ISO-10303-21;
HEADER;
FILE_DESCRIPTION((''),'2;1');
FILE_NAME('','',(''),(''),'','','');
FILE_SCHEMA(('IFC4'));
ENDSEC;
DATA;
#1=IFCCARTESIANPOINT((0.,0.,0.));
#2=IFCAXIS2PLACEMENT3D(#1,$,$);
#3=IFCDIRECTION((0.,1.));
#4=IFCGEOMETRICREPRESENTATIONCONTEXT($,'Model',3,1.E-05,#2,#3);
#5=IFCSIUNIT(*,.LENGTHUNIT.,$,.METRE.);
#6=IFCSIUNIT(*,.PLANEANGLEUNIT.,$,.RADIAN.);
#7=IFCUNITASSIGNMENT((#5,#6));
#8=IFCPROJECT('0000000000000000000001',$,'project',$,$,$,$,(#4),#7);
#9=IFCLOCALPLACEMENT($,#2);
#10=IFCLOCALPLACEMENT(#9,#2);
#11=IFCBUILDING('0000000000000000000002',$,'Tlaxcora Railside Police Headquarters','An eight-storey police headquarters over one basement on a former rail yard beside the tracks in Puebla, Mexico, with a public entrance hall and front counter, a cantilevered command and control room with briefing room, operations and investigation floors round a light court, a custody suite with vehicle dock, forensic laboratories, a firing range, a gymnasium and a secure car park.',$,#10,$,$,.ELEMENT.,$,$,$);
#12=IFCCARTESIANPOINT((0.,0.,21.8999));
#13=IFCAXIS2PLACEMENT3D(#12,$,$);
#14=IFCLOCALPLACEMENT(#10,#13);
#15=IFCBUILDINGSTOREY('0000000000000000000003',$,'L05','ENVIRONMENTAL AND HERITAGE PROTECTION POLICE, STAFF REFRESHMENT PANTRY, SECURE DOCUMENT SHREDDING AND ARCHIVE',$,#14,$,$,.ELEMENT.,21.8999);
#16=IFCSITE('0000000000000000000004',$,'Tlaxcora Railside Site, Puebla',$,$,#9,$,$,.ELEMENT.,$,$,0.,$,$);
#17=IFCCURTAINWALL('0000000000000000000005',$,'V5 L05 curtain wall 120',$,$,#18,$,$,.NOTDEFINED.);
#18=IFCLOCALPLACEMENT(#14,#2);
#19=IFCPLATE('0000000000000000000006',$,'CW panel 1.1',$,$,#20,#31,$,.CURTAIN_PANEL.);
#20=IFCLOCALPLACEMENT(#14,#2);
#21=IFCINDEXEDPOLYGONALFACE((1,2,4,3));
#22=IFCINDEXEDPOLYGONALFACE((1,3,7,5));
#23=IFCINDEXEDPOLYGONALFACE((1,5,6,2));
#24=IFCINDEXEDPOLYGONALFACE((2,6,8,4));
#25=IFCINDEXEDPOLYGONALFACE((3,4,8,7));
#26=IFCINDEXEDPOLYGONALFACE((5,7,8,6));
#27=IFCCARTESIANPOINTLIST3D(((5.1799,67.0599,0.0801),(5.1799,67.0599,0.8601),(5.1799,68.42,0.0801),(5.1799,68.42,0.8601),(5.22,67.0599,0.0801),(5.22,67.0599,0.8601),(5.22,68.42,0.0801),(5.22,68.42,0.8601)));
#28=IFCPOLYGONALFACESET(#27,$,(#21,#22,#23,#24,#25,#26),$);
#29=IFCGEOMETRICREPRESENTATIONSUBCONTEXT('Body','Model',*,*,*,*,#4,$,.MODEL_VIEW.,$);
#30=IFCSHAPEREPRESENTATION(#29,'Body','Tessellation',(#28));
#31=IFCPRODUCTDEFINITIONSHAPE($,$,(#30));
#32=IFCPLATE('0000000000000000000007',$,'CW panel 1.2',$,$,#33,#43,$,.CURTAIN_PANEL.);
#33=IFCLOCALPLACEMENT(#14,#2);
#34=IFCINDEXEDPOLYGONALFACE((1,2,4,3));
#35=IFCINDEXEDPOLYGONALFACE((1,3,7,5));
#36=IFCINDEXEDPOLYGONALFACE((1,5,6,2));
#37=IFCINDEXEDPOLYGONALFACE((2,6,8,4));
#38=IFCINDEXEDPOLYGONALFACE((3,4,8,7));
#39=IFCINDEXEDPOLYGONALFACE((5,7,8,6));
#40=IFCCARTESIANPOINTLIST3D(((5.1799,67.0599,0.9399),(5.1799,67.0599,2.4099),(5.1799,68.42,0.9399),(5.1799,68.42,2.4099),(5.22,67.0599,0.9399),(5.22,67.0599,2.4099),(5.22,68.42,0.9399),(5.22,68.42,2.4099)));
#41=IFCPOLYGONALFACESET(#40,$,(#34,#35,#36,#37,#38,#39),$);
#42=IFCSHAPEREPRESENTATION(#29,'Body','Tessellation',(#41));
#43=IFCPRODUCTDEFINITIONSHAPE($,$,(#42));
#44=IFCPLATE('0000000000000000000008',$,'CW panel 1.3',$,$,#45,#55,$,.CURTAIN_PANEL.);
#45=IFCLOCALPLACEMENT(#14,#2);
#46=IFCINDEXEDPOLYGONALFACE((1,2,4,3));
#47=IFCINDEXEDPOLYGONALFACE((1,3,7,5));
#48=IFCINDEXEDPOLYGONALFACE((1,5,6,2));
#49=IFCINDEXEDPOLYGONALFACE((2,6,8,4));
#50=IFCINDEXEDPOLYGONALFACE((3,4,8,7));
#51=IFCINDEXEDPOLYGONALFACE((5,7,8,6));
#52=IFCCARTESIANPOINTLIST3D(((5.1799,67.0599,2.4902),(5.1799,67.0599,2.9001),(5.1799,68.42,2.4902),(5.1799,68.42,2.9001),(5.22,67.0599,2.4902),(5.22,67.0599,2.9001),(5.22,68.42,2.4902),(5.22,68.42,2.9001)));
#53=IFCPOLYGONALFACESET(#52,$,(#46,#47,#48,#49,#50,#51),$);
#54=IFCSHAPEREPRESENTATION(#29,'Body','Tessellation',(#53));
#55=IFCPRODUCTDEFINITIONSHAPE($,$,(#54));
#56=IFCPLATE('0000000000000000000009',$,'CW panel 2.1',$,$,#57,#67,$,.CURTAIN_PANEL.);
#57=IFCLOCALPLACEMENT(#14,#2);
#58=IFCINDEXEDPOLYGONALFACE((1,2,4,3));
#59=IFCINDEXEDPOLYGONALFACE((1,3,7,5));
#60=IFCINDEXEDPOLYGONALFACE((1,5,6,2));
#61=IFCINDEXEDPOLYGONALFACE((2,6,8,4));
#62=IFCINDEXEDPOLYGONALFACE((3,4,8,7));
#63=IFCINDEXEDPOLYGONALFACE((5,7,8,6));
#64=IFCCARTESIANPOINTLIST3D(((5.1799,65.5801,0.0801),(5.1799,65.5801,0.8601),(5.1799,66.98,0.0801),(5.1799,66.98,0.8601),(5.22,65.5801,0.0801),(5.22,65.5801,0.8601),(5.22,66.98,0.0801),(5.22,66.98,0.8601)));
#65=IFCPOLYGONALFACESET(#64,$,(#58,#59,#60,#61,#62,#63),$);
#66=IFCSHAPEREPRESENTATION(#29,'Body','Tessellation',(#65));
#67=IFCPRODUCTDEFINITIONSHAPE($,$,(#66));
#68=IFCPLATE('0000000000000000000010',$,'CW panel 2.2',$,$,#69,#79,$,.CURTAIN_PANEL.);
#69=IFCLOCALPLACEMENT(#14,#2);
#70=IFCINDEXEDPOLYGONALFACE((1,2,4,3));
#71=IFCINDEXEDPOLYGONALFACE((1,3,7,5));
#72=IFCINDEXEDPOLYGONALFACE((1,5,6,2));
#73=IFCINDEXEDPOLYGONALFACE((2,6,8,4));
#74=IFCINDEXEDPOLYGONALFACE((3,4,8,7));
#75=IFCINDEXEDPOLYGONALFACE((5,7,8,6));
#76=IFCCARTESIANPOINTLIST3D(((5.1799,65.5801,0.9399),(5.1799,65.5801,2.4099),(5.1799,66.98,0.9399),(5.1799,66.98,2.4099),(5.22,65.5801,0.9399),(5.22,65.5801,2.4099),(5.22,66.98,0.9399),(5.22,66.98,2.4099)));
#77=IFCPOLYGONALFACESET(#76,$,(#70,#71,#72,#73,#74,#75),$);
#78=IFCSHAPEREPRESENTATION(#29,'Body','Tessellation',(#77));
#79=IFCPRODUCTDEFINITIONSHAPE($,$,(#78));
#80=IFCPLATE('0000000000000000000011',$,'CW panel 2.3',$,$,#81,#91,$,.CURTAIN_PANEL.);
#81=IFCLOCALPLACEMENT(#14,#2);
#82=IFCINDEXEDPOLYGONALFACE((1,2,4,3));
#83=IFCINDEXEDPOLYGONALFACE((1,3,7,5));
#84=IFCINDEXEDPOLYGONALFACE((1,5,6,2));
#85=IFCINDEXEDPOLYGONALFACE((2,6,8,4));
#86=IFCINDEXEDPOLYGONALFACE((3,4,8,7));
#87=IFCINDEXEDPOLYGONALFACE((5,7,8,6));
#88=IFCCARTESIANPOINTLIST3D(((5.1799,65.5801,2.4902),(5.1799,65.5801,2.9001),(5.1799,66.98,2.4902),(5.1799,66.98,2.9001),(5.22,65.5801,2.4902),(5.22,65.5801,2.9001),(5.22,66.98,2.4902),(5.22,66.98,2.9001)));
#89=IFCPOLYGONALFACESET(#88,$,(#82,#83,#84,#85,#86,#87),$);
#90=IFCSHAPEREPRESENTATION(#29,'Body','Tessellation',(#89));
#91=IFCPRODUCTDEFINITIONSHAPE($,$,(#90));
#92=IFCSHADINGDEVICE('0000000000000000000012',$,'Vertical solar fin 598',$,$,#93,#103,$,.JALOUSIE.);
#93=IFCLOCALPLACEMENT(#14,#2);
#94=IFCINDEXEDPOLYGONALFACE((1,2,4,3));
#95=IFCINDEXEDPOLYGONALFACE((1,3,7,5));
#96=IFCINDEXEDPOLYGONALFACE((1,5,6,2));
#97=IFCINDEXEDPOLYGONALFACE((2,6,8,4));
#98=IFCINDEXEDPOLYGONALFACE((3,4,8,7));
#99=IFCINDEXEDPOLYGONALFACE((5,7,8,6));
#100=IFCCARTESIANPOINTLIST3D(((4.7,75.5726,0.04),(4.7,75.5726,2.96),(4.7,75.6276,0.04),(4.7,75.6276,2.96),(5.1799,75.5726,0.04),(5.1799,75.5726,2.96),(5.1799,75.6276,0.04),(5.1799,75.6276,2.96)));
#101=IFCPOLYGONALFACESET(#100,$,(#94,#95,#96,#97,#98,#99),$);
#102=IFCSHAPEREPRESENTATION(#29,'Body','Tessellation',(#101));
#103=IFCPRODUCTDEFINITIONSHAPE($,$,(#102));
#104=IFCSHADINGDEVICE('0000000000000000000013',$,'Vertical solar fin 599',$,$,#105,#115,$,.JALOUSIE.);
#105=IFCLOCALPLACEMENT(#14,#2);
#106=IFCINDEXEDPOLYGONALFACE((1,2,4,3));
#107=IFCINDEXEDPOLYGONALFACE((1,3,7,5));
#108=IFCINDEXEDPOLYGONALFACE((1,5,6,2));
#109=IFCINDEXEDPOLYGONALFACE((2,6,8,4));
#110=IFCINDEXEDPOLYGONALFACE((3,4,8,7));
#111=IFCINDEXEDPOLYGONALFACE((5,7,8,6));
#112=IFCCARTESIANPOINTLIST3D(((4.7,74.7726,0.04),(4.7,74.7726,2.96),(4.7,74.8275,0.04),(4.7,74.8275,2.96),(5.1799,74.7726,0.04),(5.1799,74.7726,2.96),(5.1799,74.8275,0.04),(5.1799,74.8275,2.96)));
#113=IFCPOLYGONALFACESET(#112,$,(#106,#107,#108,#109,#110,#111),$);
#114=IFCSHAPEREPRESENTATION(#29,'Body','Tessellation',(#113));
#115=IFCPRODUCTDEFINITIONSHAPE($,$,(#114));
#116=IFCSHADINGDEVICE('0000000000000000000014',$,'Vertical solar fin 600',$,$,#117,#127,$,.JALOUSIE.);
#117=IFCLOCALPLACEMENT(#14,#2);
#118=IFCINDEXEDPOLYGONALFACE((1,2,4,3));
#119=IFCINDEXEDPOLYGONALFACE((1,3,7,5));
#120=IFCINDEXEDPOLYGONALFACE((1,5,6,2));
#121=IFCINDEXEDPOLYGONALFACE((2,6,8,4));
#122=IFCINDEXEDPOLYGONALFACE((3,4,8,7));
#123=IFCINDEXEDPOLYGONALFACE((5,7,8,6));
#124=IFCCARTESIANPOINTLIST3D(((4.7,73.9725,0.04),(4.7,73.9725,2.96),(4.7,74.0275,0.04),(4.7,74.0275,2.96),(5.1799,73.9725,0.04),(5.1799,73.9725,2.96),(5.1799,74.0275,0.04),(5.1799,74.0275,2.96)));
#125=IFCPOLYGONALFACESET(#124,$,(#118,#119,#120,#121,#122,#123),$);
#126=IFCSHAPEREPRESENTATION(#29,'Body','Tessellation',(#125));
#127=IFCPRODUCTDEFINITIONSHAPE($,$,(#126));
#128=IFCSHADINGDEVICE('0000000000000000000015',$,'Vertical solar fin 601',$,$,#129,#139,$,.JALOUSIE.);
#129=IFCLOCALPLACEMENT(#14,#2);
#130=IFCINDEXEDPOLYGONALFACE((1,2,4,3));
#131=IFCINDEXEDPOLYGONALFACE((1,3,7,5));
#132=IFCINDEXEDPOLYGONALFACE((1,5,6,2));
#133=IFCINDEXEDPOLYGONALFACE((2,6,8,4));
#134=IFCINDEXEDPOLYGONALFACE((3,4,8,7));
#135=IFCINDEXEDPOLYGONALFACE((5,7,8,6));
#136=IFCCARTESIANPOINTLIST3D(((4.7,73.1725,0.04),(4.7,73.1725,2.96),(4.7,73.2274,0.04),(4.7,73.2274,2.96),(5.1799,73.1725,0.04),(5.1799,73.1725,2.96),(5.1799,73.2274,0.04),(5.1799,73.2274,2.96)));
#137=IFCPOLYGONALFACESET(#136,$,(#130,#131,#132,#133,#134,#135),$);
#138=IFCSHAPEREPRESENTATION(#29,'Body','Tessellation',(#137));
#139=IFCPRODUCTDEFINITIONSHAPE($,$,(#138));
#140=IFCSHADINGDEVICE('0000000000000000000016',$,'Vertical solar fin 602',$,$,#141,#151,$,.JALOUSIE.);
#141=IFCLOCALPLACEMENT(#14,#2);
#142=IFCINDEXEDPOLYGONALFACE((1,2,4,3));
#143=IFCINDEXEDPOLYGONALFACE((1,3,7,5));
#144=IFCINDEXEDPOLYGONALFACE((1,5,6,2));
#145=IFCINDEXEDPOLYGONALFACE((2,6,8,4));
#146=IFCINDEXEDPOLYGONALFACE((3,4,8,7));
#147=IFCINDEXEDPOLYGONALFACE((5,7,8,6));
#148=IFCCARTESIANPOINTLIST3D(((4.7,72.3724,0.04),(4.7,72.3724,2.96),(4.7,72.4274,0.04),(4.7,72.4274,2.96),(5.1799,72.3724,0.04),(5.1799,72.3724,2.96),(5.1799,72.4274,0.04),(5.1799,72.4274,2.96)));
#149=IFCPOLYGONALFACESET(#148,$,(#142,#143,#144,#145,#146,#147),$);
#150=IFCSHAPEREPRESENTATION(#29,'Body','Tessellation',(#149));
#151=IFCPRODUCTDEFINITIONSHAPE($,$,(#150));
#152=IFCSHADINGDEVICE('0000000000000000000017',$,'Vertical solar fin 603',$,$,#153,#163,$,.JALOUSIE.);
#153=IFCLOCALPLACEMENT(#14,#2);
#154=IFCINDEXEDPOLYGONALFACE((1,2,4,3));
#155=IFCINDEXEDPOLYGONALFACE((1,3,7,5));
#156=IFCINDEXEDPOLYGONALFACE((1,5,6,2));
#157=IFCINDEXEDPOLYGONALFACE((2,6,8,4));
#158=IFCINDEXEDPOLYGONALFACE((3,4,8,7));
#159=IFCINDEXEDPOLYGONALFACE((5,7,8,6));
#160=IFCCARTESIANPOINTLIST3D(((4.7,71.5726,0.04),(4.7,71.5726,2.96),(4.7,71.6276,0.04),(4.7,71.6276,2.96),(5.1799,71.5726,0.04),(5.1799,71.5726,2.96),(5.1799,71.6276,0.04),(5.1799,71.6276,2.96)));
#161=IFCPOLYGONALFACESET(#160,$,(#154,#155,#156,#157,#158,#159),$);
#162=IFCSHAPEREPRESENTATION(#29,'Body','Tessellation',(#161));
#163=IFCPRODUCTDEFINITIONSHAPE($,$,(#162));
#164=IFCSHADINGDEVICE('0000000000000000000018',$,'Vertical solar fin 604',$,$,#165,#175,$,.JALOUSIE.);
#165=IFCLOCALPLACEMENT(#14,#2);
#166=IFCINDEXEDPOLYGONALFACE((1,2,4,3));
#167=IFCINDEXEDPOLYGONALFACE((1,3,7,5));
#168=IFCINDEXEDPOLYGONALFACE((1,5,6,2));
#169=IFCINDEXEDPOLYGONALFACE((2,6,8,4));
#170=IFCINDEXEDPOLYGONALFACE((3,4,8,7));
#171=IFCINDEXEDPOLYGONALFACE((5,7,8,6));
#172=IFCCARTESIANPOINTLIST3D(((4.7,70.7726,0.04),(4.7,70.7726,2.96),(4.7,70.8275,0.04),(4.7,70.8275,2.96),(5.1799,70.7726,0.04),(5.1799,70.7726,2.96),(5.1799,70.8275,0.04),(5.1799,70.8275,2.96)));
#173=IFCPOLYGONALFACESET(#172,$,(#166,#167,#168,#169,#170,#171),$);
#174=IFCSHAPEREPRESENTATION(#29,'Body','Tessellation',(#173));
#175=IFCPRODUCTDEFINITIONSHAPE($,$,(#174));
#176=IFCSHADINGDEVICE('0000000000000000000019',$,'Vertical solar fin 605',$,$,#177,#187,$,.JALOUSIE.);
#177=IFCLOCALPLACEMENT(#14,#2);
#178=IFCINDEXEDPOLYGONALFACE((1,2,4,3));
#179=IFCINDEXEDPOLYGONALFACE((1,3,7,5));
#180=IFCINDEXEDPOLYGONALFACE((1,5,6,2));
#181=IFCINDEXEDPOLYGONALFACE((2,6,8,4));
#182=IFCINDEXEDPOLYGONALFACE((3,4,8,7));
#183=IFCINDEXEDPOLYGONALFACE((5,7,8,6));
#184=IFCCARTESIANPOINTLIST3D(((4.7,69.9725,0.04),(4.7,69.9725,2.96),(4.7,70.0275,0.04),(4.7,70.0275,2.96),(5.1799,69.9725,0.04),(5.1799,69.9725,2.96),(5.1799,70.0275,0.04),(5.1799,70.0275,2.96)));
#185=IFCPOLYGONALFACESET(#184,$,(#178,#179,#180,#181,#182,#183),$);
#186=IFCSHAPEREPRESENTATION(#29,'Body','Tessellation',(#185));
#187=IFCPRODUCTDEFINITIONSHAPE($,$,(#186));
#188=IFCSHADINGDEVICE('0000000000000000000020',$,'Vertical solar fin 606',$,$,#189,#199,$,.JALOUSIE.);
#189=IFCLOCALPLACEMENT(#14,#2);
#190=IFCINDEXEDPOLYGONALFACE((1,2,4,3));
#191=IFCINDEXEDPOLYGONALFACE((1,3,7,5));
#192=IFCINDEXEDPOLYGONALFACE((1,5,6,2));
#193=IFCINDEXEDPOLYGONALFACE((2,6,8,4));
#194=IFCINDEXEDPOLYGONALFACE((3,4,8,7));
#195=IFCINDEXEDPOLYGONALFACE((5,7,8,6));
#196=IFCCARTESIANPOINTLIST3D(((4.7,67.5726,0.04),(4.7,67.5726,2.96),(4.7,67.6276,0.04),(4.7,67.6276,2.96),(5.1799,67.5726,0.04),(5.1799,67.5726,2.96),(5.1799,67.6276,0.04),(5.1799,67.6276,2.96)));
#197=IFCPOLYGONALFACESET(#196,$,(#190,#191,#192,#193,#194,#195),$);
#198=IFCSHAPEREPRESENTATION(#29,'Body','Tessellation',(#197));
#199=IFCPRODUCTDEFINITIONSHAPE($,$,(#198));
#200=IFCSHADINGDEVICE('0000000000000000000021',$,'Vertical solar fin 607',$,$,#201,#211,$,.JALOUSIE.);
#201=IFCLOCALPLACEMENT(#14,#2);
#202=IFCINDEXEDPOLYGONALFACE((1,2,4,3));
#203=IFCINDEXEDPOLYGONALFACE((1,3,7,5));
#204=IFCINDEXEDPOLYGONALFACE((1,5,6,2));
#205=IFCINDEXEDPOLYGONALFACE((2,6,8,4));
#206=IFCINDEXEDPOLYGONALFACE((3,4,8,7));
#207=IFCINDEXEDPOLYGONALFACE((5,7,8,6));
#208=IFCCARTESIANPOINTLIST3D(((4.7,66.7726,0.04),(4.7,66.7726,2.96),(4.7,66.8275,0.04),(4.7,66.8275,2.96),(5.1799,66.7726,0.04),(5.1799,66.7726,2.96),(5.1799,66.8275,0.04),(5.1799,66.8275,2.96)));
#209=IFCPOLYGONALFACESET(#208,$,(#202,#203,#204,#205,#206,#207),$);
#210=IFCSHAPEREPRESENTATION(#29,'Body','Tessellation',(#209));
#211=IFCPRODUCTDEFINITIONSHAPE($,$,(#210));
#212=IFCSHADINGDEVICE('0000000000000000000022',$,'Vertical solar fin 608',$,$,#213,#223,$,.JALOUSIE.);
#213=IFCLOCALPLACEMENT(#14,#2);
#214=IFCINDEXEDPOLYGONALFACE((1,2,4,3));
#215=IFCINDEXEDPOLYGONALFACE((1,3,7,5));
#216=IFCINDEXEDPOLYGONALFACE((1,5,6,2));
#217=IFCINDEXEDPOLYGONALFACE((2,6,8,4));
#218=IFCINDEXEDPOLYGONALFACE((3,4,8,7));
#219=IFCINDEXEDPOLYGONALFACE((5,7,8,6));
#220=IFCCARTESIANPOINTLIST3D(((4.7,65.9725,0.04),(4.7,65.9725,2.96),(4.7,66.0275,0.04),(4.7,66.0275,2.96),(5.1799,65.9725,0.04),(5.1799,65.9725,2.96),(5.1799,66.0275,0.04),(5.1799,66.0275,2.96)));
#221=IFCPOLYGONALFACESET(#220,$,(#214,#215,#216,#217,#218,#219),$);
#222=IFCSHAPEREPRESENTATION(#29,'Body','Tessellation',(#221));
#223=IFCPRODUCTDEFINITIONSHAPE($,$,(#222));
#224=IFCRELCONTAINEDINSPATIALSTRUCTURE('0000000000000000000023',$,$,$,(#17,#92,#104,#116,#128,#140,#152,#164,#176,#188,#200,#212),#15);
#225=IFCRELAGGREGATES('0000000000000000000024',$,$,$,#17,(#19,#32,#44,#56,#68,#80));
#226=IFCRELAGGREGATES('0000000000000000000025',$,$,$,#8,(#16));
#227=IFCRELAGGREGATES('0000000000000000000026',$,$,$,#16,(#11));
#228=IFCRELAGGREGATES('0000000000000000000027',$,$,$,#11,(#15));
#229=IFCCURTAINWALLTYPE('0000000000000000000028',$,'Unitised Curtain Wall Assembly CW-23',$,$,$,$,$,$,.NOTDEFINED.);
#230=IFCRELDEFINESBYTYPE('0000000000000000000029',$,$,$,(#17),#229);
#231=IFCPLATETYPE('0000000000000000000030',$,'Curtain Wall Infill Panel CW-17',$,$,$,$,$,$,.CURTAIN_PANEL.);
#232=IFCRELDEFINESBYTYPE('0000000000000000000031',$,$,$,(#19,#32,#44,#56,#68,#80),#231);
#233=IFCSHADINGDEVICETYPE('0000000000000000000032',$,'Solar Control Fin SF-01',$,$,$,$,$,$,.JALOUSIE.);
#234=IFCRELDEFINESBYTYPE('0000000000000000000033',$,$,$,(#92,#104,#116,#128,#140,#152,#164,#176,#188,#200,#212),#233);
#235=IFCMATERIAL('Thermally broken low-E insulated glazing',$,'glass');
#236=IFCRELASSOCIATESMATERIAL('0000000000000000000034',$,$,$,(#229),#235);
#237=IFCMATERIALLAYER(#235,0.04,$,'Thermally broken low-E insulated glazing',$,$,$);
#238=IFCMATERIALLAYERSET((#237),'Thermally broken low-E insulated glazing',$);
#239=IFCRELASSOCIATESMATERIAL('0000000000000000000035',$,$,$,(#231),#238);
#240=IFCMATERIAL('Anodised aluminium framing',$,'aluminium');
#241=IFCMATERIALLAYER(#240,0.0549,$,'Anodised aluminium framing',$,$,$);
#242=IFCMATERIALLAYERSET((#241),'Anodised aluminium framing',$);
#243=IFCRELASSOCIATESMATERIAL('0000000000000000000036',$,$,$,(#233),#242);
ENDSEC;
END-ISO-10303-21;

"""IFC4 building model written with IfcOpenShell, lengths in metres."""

from ifc_helpers import new_model, si_unit, direction, frame, origin, origin_2d, place, context, subcontext, project, spatial, rectangle, extrude, material, layer, layer_set, type_object, element, aggregate, save


model = new_model("IFC4")

# Units and contexts
model_context = context("Model", 3, precision=1e-05, world=origin(), true_north=direction((0.0, 1.0)))
body_context = subcontext(model_context, "Body", "Model", "MODEL_VIEW")
ifc_project = project(units=[si_unit("LENGTHUNIT", "METRE"), si_unit("PLANEANGLEUNIT", "RADIAN")], contexts=[model_context])

# Site, building, storey
site_placement = place(None, origin())
site = spatial("IfcSite", under=ifc_project, at=site_placement, Name="Tlaxcora Railside Site, Puebla", CompositionType="ELEMENT", RefElevation=0.0)
building_placement = place(site_placement, origin())
building = spatial("IfcBuilding", under=site, at=building_placement, Name="Tlaxcora Railside Police Headquarters", Description="An eight-storey police headquarters over one basement on a former rail yard beside the tracks in Puebla, Mexico, with a public entrance hall and front counter, a cantilevered command and control room with briefing room, operations and investigation floors round a light court, a custody suite with vehicle dock, forensic laboratories, a firing range, a gymnasium and a secure car park.", CompositionType="ELEMENT")
storey_placement = place(building_placement, frame((0.0, 0.0, 21.8999)))
storey = spatial("IfcBuildingStorey", under=building, at=storey_placement, Name="L05", Description="ENVIRONMENTAL AND HERITAGE PROTECTION POLICE, STAFF REFRESHMENT PANTRY, SECURE DOCUMENT SHREDDING AND ARCHIVE", CompositionType="ELEMENT", Elevation=21.8999)

# Curtain wall
ifc_material_1 = material(Name="Thermally broken low-E insulated glazing", Category="glass")
curtain_wall_type_1 = type_object("IfcCurtainWallType", Name="Unitised Curtain Wall Assembly CW-23", PredefinedType="NOTDEFINED", material=ifc_material_1)
curtain_wall_1_placement = place(storey_placement, origin())
curtain_wall_1 = element("IfcCurtainWall", 1, at=curtain_wall_1_placement, inside=storey, type_object=curtain_wall_type_1, Name="V5 L05 curtain wall 120", PredefinedType="NOTDEFINED")
ifc_material_2 = material(Name="Anodised aluminium framing", Category="aluminium")

# Plates
ifc_layer_1 = layer(ifc_material_1, 0.04, Name="Thermally broken low-E insulated glazing")
ifc_layer_set_1 = layer_set([ifc_layer_1], Name="Thermally broken low-E insulated glazing")
plate_type = type_object("IfcPlateType", Name="Curtain Wall Infill Panel CW-17", PredefinedType="CURTAIN_PANEL", material=ifc_layer_set_1)
plate_1_placement = place(storey_placement, frame((5.2, 67.74, 0.0801), z_axis=(0.0, 0.0, 1.0), x_axis=(0.0, -1.0, 0.0)))
plate_1 = element("IfcPlate", 2, at=plate_1_placement, type_object=plate_type, Name="CW panel 1.1", PredefinedType="CURTAIN_PANEL", context=body_context, shape_type="SweptSolid", body=[
    extrude(rectangle(XDim=1.3601, YDim=0.04, at=origin_2d()), origin(), (0.0, 0.0, 1.0), 0.78),
])
plate_2_placement = place(storey_placement, frame((5.2, 67.74, 0.9399), z_axis=(0.0, 0.0, 1.0), x_axis=(0.0, -1.0, 0.0)))
plate_2 = element("IfcPlate", 3, at=plate_2_placement, type_object=plate_type, Name="CW panel 1.2", PredefinedType="CURTAIN_PANEL", context=body_context, shape_type="SweptSolid", body=[
    extrude(rectangle(XDim=1.3601, YDim=0.04, at=origin_2d()), origin(), (0.0, 0.0, 1.0), 1.47),
])
plate_3_placement = place(storey_placement, frame((5.2, 67.74, 2.4902), z_axis=(0.0, 0.0, 1.0), x_axis=(0.0, -1.0, 0.0)))
plate_3 = element("IfcPlate", 4, at=plate_3_placement, type_object=plate_type, Name="CW panel 1.3", PredefinedType="CURTAIN_PANEL", context=body_context, shape_type="SweptSolid", body=[
    extrude(rectangle(XDim=1.3601, YDim=0.04, at=origin_2d()), origin(), (0.0, 0.0, 1.0), 0.4099),
])
plate_4_placement = place(storey_placement, frame((5.2, 66.28, 0.0801), z_axis=(0.0, 0.0, 1.0), x_axis=(0.0, -1.0, 0.0)))
plate_4 = element("IfcPlate", 5, at=plate_4_placement, type_object=plate_type, Name="CW panel 2.1", PredefinedType="CURTAIN_PANEL", context=body_context, shape_type="SweptSolid", body=[
    extrude(rectangle(XDim=1.3999, YDim=0.04, at=origin_2d()), origin(), (0.0, 0.0, 1.0), 0.78),
])
plate_5_placement = place(storey_placement, frame((5.2, 66.28, 0.9399), z_axis=(0.0, 0.0, 1.0), x_axis=(0.0, -1.0, 0.0)))
plate_5 = element("IfcPlate", 6, at=plate_5_placement, type_object=plate_type, Name="CW panel 2.2", PredefinedType="CURTAIN_PANEL", context=body_context, shape_type="SweptSolid", body=[
    extrude(rectangle(XDim=1.3999, YDim=0.04, at=origin_2d()), origin(), (0.0, 0.0, 1.0), 1.47),
])
plate_6_placement = place(storey_placement, frame((5.2, 66.28, 2.4902), z_axis=(0.0, 0.0, 1.0), x_axis=(0.0, -1.0, 0.0)))
plate_6 = element("IfcPlate", 7, at=plate_6_placement, type_object=plate_type, Name="CW panel 2.3", PredefinedType="CURTAIN_PANEL", context=body_context, shape_type="SweptSolid", body=[
    extrude(rectangle(XDim=1.3999, YDim=0.04, at=origin_2d()), origin(), (0.0, 0.0, 1.0), 0.4099),
])
aggregate(curtain_wall_1, [plate_1, plate_2, plate_3, plate_4, plate_5, plate_6])

# Shading devices
ifc_layer_2 = layer(ifc_material_2, 0.0549, Name="Anodised aluminium framing")
ifc_layer_set_2 = layer_set([ifc_layer_2], Name="Anodised aluminium framing")
shading_device_type = type_object("IfcShadingDeviceType", Name="Solar Control Fin SF-01", PredefinedType="JALOUSIE", material=ifc_layer_set_2)
for number, where, z_axis, x_axis, name in (
    (8, (4.9399, 75.6001, 0.04), (0.0, 0.0, 1.0), (-1.0, 0.0, 0.0), "Vertical solar fin 598"),
    (9, (4.9399, 74.8, 0.04), (0.0, 0.0, 1.0), (-1.0, 0.0, 0.0), "Vertical solar fin 599"),
    (10, (4.9399, 74.0, 0.04), (0.0, 0.0, 1.0), (-1.0, 0.0, 0.0), "Vertical solar fin 600"),
    (11, (4.9399, 73.2, 0.04), (0.0, 0.0, 1.0), (-1.0, 0.0, 0.0), "Vertical solar fin 601"),
    (12, (4.9399, 72.3999, 0.04), (0.0, 0.0, 1.0), (-1.0, 0.0, 0.0), "Vertical solar fin 602"),
    (13, (4.9399, 71.6001, 0.04), (0.0, 0.0, 1.0), (-1.0, 0.0, 0.0), "Vertical solar fin 603"),
    (14, (4.9399, 70.8, 0.04), (0.0, 0.0, 1.0), (-1.0, 0.0, 0.0), "Vertical solar fin 604"),
    (15, (4.9399, 70.0, 0.04), (0.0, 0.0, 1.0), (-1.0, 0.0, 0.0), "Vertical solar fin 605"),
    (16, (4.9399, 67.6001, 0.04), (0.0, 0.0, 1.0), (-1.0, 0.0, 0.0), "Vertical solar fin 606"),
    (17, (4.9399, 66.8, 0.04), (0.0, 0.0, 1.0), (-1.0, 0.0, 0.0), "Vertical solar fin 607"),
    (18, (4.9399, 66.0, 0.04), (0.0, 0.0, 1.0), (-1.0, 0.0, 0.0), "Vertical solar fin 608"),
):
    element("IfcShadingDevice", number, at=place(storey_placement, frame(where, z_axis=z_axis, x_axis=x_axis)), inside=storey, type_object=shading_device_type, Name=name, PredefinedType="JALOUSIE", context=body_context, shape_type="SweptSolid", body=[
        extrude(rectangle(XDim=0.48, YDim=0.0549, at=origin_2d()), origin(), (0.0, 0.0, 1.0), 2.9199),
    ])

save(model, "model.ifc")
